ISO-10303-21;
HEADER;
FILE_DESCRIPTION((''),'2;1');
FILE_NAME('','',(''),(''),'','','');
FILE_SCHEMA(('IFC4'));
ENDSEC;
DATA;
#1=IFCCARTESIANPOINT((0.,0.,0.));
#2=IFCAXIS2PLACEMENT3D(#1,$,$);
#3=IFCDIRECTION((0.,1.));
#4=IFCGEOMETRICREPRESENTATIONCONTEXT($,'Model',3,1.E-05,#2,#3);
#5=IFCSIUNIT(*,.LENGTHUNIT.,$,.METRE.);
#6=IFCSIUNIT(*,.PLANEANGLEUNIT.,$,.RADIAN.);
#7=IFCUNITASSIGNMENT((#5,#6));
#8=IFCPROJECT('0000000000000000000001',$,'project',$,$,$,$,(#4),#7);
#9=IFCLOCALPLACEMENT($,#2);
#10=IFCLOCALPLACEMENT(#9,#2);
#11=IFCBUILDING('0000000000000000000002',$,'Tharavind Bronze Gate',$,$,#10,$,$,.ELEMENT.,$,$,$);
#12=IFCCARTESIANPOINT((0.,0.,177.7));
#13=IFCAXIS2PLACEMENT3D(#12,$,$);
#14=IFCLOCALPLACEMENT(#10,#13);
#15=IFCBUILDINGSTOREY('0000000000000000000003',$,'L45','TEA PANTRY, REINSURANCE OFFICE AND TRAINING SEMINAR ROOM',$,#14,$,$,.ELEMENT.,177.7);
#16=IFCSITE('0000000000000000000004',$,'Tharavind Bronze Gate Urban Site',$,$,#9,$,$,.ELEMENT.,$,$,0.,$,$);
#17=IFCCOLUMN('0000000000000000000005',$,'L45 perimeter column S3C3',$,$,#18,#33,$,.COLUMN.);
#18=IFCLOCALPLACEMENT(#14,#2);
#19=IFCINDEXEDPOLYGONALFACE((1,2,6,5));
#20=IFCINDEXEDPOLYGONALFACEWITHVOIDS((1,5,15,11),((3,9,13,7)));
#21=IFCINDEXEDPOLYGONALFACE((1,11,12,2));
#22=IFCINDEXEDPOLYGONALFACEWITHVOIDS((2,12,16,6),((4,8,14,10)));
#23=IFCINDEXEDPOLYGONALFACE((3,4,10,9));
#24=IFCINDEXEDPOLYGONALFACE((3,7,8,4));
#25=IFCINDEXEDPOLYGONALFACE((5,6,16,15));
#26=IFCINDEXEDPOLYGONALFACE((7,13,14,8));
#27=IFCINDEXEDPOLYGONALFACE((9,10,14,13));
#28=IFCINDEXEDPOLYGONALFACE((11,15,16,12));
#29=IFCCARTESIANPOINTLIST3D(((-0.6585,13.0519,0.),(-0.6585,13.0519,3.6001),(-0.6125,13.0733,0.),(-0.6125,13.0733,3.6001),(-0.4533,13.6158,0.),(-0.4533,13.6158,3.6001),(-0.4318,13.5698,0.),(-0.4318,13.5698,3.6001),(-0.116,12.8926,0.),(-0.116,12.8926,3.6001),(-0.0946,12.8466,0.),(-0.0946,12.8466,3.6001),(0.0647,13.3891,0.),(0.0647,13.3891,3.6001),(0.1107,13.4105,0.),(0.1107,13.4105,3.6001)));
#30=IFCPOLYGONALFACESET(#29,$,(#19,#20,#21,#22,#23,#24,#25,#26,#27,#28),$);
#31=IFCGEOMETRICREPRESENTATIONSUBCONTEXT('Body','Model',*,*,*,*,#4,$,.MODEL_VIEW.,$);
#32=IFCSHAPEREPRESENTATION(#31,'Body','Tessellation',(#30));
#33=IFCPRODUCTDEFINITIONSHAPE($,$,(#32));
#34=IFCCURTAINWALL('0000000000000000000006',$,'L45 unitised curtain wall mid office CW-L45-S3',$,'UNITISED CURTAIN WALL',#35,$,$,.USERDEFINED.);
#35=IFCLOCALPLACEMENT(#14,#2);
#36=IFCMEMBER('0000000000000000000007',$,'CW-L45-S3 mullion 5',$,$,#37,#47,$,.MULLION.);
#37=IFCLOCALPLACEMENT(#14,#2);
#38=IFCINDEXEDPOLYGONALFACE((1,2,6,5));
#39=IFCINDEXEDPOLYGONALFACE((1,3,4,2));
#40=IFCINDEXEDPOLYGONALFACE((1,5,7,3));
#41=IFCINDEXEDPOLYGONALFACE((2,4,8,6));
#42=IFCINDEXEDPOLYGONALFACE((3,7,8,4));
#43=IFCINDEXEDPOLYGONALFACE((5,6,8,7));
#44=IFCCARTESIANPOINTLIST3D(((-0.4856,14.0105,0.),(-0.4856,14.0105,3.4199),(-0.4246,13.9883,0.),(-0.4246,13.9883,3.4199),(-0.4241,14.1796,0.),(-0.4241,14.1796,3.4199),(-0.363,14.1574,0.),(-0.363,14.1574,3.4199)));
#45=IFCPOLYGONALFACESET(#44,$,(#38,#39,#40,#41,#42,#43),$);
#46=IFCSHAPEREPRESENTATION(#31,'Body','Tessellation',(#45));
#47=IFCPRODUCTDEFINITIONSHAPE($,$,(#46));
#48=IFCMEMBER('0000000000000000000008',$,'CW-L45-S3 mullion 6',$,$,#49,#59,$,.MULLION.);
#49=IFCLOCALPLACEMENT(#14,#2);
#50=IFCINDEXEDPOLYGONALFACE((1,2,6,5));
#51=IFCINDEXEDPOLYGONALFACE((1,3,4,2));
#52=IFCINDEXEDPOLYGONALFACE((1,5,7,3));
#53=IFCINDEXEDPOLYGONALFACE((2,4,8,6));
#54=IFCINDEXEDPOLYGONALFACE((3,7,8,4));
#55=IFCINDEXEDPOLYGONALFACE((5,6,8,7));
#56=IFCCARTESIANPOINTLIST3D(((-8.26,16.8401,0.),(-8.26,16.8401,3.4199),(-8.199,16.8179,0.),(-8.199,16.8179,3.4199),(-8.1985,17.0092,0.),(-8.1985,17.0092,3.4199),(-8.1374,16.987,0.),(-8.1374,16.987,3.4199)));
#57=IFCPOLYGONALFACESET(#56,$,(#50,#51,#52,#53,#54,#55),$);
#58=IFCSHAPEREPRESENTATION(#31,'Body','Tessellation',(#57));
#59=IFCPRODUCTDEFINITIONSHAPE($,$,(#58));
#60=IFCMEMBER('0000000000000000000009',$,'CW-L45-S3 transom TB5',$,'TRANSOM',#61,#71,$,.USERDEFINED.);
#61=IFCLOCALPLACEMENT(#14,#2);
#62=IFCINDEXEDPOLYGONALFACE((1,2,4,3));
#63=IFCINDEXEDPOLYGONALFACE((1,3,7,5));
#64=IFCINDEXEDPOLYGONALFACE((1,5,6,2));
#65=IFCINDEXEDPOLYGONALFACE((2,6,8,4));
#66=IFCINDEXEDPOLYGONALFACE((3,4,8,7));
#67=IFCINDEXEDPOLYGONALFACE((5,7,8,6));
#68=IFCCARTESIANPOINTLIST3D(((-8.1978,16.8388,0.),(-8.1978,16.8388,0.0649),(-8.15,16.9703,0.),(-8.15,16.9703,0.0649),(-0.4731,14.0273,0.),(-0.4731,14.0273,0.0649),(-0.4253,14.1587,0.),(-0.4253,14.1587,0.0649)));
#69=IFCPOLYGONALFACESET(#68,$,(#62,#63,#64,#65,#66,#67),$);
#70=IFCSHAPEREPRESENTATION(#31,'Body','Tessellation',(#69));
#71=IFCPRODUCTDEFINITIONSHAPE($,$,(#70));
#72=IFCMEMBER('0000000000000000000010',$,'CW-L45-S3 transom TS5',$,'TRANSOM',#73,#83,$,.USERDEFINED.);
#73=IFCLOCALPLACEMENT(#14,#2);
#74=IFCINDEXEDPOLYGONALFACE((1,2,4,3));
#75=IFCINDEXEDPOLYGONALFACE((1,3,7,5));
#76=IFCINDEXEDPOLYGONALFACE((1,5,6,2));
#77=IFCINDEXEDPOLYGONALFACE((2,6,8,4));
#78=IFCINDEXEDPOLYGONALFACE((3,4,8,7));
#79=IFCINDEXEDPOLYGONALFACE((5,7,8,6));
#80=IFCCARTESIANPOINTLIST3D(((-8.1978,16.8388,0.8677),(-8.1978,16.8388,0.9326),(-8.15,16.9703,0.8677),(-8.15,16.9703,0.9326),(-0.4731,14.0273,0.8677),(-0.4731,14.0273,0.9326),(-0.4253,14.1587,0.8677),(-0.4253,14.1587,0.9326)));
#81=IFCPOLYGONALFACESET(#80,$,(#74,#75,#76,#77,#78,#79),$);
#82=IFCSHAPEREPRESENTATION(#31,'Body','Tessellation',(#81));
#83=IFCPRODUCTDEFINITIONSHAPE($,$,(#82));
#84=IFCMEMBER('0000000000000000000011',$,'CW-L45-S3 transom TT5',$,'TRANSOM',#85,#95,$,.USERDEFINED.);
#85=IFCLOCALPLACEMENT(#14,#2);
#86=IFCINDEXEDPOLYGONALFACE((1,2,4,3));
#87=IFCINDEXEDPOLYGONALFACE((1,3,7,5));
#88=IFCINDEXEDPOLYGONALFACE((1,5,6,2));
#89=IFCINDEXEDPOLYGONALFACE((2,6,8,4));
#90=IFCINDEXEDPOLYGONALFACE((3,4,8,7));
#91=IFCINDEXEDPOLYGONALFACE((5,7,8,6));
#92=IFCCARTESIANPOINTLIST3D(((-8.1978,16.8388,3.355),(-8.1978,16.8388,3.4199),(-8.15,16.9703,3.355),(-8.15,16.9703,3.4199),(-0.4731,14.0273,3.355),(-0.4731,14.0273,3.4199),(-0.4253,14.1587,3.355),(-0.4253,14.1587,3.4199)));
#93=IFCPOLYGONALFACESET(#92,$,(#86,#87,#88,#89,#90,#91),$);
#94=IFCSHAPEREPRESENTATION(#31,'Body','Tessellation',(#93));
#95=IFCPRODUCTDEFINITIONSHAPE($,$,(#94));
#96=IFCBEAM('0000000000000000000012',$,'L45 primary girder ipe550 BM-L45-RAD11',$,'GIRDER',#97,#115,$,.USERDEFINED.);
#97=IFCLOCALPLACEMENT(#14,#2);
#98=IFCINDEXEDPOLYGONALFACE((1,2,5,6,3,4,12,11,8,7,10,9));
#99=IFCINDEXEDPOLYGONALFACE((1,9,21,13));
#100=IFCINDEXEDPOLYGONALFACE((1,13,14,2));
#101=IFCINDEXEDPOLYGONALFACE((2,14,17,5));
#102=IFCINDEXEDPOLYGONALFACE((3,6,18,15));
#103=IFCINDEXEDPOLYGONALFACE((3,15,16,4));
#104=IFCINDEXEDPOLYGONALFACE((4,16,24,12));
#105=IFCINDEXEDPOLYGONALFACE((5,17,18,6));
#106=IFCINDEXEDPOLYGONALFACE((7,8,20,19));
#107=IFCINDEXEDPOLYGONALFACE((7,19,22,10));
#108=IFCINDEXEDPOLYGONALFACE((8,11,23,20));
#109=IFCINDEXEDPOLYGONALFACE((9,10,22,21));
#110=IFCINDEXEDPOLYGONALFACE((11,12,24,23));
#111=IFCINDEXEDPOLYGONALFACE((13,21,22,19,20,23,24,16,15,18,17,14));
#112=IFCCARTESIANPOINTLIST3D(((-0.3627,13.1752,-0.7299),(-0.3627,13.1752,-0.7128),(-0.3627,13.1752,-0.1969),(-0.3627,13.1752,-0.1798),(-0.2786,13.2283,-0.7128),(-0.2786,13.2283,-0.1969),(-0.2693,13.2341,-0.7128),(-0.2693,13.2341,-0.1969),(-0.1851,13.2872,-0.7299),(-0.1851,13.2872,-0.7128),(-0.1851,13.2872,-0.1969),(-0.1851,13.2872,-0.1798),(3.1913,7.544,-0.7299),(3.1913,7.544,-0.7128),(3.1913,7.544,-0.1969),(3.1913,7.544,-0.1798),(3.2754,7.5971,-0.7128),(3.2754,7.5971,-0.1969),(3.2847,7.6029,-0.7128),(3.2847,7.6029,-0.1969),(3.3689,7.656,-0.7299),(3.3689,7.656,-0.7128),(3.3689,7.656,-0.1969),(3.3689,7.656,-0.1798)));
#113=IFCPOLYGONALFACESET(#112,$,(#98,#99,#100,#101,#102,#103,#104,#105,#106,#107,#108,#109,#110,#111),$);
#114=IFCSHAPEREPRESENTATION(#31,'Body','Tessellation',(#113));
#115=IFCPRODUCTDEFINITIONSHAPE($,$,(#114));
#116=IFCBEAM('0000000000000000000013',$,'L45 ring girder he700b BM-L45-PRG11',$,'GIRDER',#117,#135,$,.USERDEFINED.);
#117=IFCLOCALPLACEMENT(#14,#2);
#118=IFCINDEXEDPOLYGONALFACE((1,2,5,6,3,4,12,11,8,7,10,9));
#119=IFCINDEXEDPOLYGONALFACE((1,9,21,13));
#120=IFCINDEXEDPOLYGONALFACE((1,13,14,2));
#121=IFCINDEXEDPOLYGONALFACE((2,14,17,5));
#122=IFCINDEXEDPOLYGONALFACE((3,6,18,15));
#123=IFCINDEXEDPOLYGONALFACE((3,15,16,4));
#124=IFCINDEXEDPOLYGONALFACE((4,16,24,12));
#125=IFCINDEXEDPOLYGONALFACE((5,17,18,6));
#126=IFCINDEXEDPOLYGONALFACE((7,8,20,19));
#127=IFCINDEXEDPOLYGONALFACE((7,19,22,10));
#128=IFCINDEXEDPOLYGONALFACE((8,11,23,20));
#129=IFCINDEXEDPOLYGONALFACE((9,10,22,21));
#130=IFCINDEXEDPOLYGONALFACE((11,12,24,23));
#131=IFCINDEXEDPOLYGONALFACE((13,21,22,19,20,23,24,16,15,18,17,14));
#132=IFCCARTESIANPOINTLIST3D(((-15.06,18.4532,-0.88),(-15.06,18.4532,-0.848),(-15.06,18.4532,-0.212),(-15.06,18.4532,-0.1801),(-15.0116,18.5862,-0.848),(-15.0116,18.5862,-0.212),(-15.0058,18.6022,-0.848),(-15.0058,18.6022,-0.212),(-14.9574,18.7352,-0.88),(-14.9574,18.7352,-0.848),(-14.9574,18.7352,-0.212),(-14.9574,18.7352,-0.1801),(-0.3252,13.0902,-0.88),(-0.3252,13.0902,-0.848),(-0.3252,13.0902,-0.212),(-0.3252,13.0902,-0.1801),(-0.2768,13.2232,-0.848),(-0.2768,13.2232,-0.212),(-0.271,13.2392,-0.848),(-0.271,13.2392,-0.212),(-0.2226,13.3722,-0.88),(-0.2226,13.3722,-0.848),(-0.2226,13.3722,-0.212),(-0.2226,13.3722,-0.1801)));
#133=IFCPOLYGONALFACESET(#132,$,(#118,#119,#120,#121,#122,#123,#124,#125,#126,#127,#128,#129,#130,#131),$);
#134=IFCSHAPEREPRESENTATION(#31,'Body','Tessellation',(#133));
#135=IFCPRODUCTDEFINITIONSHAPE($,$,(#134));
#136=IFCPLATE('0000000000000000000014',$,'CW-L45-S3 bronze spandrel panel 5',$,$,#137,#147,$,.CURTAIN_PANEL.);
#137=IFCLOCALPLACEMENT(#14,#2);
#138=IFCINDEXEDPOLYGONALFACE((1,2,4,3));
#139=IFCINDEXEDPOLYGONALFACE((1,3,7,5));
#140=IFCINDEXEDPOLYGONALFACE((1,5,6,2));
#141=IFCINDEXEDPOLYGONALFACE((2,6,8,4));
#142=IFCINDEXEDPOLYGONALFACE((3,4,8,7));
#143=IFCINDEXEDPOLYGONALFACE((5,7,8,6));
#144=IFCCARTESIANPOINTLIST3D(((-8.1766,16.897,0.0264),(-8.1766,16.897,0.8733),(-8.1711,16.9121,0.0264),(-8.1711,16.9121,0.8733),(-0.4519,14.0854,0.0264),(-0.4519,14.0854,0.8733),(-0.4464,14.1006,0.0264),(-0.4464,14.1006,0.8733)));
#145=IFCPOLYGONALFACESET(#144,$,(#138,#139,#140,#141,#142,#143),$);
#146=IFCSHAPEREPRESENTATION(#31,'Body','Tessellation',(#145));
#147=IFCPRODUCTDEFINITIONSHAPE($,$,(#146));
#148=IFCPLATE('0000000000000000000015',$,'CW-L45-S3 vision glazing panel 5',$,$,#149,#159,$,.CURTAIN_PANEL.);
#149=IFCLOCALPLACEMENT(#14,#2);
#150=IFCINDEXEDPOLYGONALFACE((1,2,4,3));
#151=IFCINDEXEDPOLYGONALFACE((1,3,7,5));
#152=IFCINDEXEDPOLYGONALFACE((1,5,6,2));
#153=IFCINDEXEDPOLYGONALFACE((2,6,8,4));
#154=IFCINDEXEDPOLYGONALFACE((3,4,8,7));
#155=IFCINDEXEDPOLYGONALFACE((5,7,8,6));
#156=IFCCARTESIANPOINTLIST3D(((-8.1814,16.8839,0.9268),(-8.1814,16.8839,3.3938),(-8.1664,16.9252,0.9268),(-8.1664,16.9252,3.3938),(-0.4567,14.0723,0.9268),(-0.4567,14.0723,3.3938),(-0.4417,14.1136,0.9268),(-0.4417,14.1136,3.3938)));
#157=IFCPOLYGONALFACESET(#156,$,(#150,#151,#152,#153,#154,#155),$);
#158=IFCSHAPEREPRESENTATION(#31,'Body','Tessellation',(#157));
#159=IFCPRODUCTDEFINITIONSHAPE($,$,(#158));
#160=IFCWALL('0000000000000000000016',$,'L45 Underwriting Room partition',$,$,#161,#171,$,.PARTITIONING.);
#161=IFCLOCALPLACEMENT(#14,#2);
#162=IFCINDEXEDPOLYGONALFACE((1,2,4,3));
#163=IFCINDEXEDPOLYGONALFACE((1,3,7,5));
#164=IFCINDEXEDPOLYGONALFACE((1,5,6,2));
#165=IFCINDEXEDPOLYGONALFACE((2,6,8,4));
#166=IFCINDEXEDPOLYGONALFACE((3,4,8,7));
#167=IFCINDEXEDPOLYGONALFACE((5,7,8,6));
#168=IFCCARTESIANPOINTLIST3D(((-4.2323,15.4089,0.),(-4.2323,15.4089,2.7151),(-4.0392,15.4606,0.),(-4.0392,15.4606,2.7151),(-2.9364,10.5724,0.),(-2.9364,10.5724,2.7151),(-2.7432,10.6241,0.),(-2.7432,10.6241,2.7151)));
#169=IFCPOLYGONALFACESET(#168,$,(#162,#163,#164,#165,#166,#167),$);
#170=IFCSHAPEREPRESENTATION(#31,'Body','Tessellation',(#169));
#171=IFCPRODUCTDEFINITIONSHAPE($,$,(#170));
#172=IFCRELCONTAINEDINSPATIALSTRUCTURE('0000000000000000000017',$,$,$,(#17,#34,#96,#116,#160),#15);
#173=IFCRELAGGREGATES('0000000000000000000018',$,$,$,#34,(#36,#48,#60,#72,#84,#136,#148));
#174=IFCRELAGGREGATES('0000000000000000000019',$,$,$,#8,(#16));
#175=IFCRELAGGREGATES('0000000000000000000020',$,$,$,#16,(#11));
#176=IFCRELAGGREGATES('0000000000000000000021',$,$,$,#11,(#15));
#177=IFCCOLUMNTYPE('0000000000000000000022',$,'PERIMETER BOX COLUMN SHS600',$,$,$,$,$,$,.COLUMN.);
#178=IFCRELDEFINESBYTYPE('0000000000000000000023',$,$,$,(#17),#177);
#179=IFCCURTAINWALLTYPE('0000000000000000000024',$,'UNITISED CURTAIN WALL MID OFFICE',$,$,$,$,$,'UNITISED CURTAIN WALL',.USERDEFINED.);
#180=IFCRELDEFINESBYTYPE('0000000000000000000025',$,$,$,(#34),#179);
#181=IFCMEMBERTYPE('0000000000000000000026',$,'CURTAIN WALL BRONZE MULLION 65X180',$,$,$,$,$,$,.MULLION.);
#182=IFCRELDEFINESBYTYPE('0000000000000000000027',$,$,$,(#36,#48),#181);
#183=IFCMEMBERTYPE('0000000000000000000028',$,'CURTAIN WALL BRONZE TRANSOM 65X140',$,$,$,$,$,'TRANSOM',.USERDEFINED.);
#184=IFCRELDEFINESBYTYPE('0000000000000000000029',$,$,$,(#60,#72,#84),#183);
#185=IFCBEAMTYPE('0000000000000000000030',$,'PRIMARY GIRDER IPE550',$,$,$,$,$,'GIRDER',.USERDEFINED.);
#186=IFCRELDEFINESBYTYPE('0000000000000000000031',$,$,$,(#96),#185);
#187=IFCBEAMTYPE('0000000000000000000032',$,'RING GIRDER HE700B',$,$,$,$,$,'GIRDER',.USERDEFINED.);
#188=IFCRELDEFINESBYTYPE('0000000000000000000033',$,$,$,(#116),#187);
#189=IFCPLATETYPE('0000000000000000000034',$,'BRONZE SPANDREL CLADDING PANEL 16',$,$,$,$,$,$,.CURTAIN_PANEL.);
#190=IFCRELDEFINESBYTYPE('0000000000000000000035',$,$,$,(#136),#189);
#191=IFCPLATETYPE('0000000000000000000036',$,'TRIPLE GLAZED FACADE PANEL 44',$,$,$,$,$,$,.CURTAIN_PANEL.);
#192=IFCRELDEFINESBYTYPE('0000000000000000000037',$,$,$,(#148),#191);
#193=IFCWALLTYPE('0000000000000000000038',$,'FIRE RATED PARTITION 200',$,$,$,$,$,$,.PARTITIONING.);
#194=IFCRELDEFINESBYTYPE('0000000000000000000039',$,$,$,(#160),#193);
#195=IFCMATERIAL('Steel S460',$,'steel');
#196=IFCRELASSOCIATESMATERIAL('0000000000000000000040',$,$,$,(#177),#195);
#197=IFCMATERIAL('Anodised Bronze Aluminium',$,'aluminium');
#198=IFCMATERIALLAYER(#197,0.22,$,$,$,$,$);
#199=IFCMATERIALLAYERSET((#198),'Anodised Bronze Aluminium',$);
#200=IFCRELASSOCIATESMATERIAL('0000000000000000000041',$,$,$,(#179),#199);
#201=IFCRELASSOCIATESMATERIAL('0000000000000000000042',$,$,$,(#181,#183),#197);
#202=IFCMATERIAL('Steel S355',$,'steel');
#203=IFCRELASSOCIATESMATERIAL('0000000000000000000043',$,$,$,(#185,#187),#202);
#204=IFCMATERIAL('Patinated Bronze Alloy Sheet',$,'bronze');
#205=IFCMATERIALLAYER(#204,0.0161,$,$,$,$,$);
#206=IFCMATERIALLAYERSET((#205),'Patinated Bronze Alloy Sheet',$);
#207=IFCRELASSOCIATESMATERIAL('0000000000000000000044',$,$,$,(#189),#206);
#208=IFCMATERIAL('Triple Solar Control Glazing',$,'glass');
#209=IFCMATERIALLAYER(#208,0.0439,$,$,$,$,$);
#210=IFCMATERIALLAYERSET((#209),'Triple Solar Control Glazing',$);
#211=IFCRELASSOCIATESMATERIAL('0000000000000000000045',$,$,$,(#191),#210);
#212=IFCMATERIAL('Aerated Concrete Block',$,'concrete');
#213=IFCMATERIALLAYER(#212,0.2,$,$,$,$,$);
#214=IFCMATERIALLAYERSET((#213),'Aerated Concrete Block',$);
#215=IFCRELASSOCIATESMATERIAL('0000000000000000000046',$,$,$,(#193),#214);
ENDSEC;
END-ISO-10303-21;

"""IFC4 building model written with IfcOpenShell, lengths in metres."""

from ifc_helpers import new_model, si_unit, direction, frame, frame_2d, origin, origin_2d, place, context, subcontext, project, spatial, rectangle, hollow_rectangle, i_section, extrude, material, layer, layer_set, material_profile, profile_set, type_object, element, aggregate, save


model = new_model("IFC4")

# Units and contexts
model_context = context("Model", 3, precision=1e-05, world=origin(), true_north=direction((0.0, 1.0)))
body_context = subcontext(model_context, "Body", "Model", "MODEL_VIEW")
ifc_project = project(units=[si_unit("LENGTHUNIT", "METRE"), si_unit("PLANEANGLEUNIT", "RADIAN")], contexts=[model_context])

# Site, building, storey
site_placement = place(None, origin())
site = spatial("IfcSite", under=ifc_project, at=site_placement, Name="Tharavind Bronze Gate Urban Site", CompositionType="ELEMENT", RefElevation=0.0)
building_placement = place(site_placement, origin())
building = spatial("IfcBuilding", under=site, at=building_placement, Name="Tharavind Bronze Gate", CompositionType="ELEMENT")
storey_placement = place(building_placement, frame((0.0, 0.0, 177.7)))
storey = spatial("IfcBuildingStorey", under=building, at=storey_placement, Name="L45", Description="TEA PANTRY, REINSURANCE OFFICE AND TRAINING SEMINAR ROOM", CompositionType="ELEMENT", Elevation=177.7)

# Column
ifc_material_1 = material(Name="Steel S460", Category="steel")
ifc_material_profile_1 = material_profile(ifc_material_1, hollow_rectangle(XDim=0.6001, YDim=0.6001, WallThickness=0.0359, at=origin_2d()), Name="SHS600X36")
ifc_profile_set_1 = profile_set([ifc_material_profile_1], Name="Steel S460")
column_type = type_object("IfcColumnType", Name="PERIMETER BOX COLUMN SHS600", PredefinedType="COLUMN", material=ifc_profile_set_1)
column_placement = place(storey_placement, frame((-0.2739, 13.2312, 0.0), z_axis=(0.0, 0.0, 1.0), x_axis=(-0.939692, 0.342022, 0.0)))
element("IfcColumn", 1, at=column_placement, inside=storey, type_object=column_type, Name="L45 perimeter column S3C3", PredefinedType="COLUMN", context=body_context, shape_type="SweptSolid", body=[
    extrude(hollow_rectangle(XDim=0.6001, YDim=0.6001, WallThickness=0.0359, at=origin_2d()), origin(), (0.0, 0.0, 1.0), 3.6001),
])

# Curtain wall, members
ifc_material_2 = material(Name="Anodised Bronze Aluminium", Category="aluminium")
ifc_layer_1 = layer(ifc_material_2, 0.22)
ifc_layer_set_1 = layer_set([ifc_layer_1], Name="Anodised Bronze Aluminium")
curtain_wall_type = type_object("IfcCurtainWallType", Name="UNITISED CURTAIN WALL MID OFFICE", ElementType="UNITISED CURTAIN WALL", PredefinedType="USERDEFINED", material=ifc_layer_set_1)
curtain_wall_placement = place(storey_placement, origin())
curtain_wall = element("IfcCurtainWall", 2, at=curtain_wall_placement, inside=storey, type_object=curtain_wall_type, Name="L45 unitised curtain wall mid office CW-L45-S3", ObjectType="UNITISED CURTAIN WALL", PredefinedType="USERDEFINED")
member_type_1 = type_object("IfcMemberType", Name="CURTAIN WALL BRONZE MULLION 65X180", PredefinedType="MULLION", material=ifc_material_2)
member_1_placement = place(storey_placement, frame((-0.4243, 14.084, 0.0), z_axis=(0.0, 0.0, 1.0), x_axis=(-0.939692, 0.342022, 0.0)))
member_1 = element("IfcMember", 3, at=member_1_placement, type_object=member_type_1, Name="CW-L45-S3 mullion 5", PredefinedType="MULLION", context=body_context, shape_type="SweptSolid", body=[
    extrude(rectangle(XDim=0.0649, YDim=0.1799, at=origin_2d()), origin(), (0.0, 0.0, 1.0), 3.4199),
])
member_2_placement = place(storey_placement, frame((-8.1987, 16.9136, 0.0), z_axis=(0.0, 0.0, 1.0), x_axis=(-0.939692, 0.342022, 0.0)))
member_2 = element("IfcMember", 4, at=member_2_placement, type_object=member_type_1, Name="CW-L45-S3 mullion 6", PredefinedType="MULLION", context=body_context, shape_type="SweptSolid", body=[
    extrude(rectangle(XDim=0.0649, YDim=0.1799, at=origin_2d()), origin(), (0.0, 0.0, 1.0), 3.4199),
])
member_type_2 = type_object("IfcMemberType", Name="CURTAIN WALL BRONZE TRANSOM 65X140", ElementType="TRANSOM", PredefinedType="USERDEFINED", material=ifc_material_2)
member_3_placement = place(storey_placement, frame((-4.3115, 15.4988, 0.0), z_axis=(0.0, 0.0, 1.0), x_axis=(-0.939692, 0.342022, 0.0)))
member_3 = element("IfcMember", 5, at=member_3_placement, type_object=member_type_2, Name="CW-L45-S3 transom TB5", ObjectType="TRANSOM", PredefinedType="USERDEFINED", context=body_context, shape_type="SweptSolid", body=[
    extrude(rectangle(XDim=8.2205, YDim=0.1399, at=origin_2d()), origin(), (0.0, 0.0, 1.0), 0.0649),
])
member_4_placement = place(storey_placement, frame((-4.3115, 15.4988, 0.8677), z_axis=(0.0, 0.0, 1.0), x_axis=(-0.939692, 0.342022, 0.0)))
member_4 = element("IfcMember", 6, at=member_4_placement, type_object=member_type_2, Name="CW-L45-S3 transom TS5", ObjectType="TRANSOM", PredefinedType="USERDEFINED", context=body_context, shape_type="SweptSolid", body=[
    extrude(rectangle(XDim=8.2205, YDim=0.1399, at=origin_2d()), origin(), (0.0, 0.0, 1.0), 0.0649),
])
member_5_placement = place(storey_placement, frame((-4.3115, 15.4988, 3.355), z_axis=(0.0, 0.0, 1.0), x_axis=(-0.939692, 0.342022, 0.0)))
member_5 = element("IfcMember", 7, at=member_5_placement, type_object=member_type_2, Name="CW-L45-S3 transom TT5", ObjectType="TRANSOM", PredefinedType="USERDEFINED", context=body_context, shape_type="SweptSolid", body=[
    extrude(rectangle(XDim=8.2205, YDim=0.1399, at=origin_2d()), origin(), (0.0, 0.0, 1.0), 0.0649),
])

# Beams
ifc_material_3 = material(Name="Steel S355", Category="steel")
ifc_material_profile_2 = material_profile(ifc_material_3, i_section(OverallWidth=0.21, OverallDepth=0.55, WebThickness=0.011, FlangeThickness=0.0171, at=origin_2d()), Name="IPE550")
ifc_profile_set_2 = profile_set([ifc_material_profile_2], Name="Steel S355")
beam_type_1 = type_object("IfcBeamType", Name="PRIMARY GIRDER IPE550", ElementType="GIRDER", PredefinedType="USERDEFINED", material=ifc_profile_set_2)
beam_1_placement = place(storey_placement, frame((-0.2739, 13.2312, -0.4548), z_axis=(0.533721, -0.84566, 0.0), x_axis=(0.84566, 0.533721, 0.0)))
element("IfcBeam", 8, at=beam_1_placement, inside=storey, type_object=beam_type_1, Name="L45 primary girder ipe550 BM-L45-RAD11", ObjectType="GIRDER", PredefinedType="USERDEFINED", context=body_context, shape_type="SweptSolid", body=[
    extrude(i_section(OverallWidth=0.21, OverallDepth=0.55, WebThickness=0.011, FlangeThickness=0.0171, at=origin_2d()), origin(), (0.0, 0.0, 1.0), 6.6589),
])
ifc_material_profile_3 = material_profile(ifc_material_3, i_section(OverallWidth=0.3, OverallDepth=0.7, WebThickness=0.0171, FlangeThickness=0.032, at=origin_2d()), Name="HE700B")
ifc_profile_set_3 = profile_set([ifc_material_profile_3], Name="Steel S355")
beam_type_2 = type_object("IfcBeamType", Name="RING GIRDER HE700B", ElementType="GIRDER", PredefinedType="USERDEFINED", material=ifc_profile_set_3)
beam_2_placement = place(storey_placement, frame((-0.2739, 13.2312, -0.53), z_axis=(-0.939693, 0.342019, 0.0), x_axis=(-0.342019, -0.939693, 0.0)))
element("IfcBeam", 9, at=beam_2_placement, inside=storey, type_object=beam_type_2, Name="L45 ring girder he700b BM-L45-PRG11", ObjectType="GIRDER", PredefinedType="USERDEFINED", context=body_context, shape_type="SweptSolid", body=[
    extrude(i_section(OverallWidth=0.3, OverallDepth=0.7, WebThickness=0.0171, FlangeThickness=0.032, at=origin_2d()), origin(), (0.0, 0.0, 1.0), 15.6804),
])

# Plates
ifc_material_4 = material(Name="Patinated Bronze Alloy Sheet", Category="bronze")
ifc_layer_2 = layer(ifc_material_4, 0.0161)
ifc_layer_set_2 = layer_set([ifc_layer_2], Name="Patinated Bronze Alloy Sheet")
plate_type_1 = type_object("IfcPlateType", Name="BRONZE SPANDREL CLADDING PANEL 16", PredefinedType="CURTAIN_PANEL", material=ifc_layer_set_2)
plate_1_placement = place(storey_placement, frame((-4.3115, 15.4988, 0.0264), z_axis=(0.0, 0.0, 1.0), x_axis=(-0.939692, 0.342022, 0.0)))
plate_1 = element("IfcPlate", 10, at=plate_1_placement, type_object=plate_type_1, Name="CW-L45-S3 bronze spandrel panel 5", PredefinedType="CURTAIN_PANEL", context=body_context, shape_type="SweptSolid", body=[
    extrude(rectangle(XDim=8.2205, YDim=0.0161, at=origin_2d()), origin(), (0.0, 0.0, 1.0), 0.8469),
])
ifc_material_5 = material(Name="Triple Solar Control Glazing", Category="glass")
ifc_layer_3 = layer(ifc_material_5, 0.0439)
ifc_layer_set_3 = layer_set([ifc_layer_3], Name="Triple Solar Control Glazing")
plate_type_2 = type_object("IfcPlateType", Name="TRIPLE GLAZED FACADE PANEL 44", PredefinedType="CURTAIN_PANEL", material=ifc_layer_set_3)
plate_2_placement = place(storey_placement, frame((-4.3115, 15.4988, 0.9268), z_axis=(0.0, 0.0, 1.0), x_axis=(-0.939692, 0.342022, 0.0)))
plate_2 = element("IfcPlate", 11, at=plate_2_placement, type_object=plate_type_2, Name="CW-L45-S3 vision glazing panel 5", PredefinedType="CURTAIN_PANEL", context=body_context, shape_type="SweptSolid", body=[
    extrude(rectangle(XDim=8.2205, YDim=0.0439, at=origin_2d()), origin(), (0.0, 0.0, 1.0), 2.467),
])
aggregate(curtain_wall, [member_1, member_2, member_3, member_4, member_5, plate_1, plate_2])

# Wall
ifc_material_6 = material(Name="Aerated Concrete Block", Category="concrete")
ifc_layer_4 = layer(ifc_material_6, 0.2)
ifc_layer_set_4 = layer_set([ifc_layer_4], Name="Aerated Concrete Block")
wall_type_1 = type_object("IfcWallType", Name="FIRE RATED PARTITION 200", PredefinedType="PARTITIONING", material=ifc_layer_set_4)
wall_1_placement = place(storey_placement, frame((-2.8398, 10.5984, 0.0), z_axis=(0.0, 0.0, 1.0), x_axis=(-0.258816, 0.965927, 0.0)))
element("IfcWall", 12, at=wall_1_placement, inside=storey, type_object=wall_type_1, Name="L45 Underwriting Room partition", PredefinedType="PARTITIONING", context=body_context, shape_type="SweptSolid", body=[
    extrude(rectangle(XDim=5.0071, YDim=0.2, at=frame_2d((2.5034, 0.0))), origin(), (0.0, 0.0, 1.0), 2.7151),
])

save(model, "model.ifc")
